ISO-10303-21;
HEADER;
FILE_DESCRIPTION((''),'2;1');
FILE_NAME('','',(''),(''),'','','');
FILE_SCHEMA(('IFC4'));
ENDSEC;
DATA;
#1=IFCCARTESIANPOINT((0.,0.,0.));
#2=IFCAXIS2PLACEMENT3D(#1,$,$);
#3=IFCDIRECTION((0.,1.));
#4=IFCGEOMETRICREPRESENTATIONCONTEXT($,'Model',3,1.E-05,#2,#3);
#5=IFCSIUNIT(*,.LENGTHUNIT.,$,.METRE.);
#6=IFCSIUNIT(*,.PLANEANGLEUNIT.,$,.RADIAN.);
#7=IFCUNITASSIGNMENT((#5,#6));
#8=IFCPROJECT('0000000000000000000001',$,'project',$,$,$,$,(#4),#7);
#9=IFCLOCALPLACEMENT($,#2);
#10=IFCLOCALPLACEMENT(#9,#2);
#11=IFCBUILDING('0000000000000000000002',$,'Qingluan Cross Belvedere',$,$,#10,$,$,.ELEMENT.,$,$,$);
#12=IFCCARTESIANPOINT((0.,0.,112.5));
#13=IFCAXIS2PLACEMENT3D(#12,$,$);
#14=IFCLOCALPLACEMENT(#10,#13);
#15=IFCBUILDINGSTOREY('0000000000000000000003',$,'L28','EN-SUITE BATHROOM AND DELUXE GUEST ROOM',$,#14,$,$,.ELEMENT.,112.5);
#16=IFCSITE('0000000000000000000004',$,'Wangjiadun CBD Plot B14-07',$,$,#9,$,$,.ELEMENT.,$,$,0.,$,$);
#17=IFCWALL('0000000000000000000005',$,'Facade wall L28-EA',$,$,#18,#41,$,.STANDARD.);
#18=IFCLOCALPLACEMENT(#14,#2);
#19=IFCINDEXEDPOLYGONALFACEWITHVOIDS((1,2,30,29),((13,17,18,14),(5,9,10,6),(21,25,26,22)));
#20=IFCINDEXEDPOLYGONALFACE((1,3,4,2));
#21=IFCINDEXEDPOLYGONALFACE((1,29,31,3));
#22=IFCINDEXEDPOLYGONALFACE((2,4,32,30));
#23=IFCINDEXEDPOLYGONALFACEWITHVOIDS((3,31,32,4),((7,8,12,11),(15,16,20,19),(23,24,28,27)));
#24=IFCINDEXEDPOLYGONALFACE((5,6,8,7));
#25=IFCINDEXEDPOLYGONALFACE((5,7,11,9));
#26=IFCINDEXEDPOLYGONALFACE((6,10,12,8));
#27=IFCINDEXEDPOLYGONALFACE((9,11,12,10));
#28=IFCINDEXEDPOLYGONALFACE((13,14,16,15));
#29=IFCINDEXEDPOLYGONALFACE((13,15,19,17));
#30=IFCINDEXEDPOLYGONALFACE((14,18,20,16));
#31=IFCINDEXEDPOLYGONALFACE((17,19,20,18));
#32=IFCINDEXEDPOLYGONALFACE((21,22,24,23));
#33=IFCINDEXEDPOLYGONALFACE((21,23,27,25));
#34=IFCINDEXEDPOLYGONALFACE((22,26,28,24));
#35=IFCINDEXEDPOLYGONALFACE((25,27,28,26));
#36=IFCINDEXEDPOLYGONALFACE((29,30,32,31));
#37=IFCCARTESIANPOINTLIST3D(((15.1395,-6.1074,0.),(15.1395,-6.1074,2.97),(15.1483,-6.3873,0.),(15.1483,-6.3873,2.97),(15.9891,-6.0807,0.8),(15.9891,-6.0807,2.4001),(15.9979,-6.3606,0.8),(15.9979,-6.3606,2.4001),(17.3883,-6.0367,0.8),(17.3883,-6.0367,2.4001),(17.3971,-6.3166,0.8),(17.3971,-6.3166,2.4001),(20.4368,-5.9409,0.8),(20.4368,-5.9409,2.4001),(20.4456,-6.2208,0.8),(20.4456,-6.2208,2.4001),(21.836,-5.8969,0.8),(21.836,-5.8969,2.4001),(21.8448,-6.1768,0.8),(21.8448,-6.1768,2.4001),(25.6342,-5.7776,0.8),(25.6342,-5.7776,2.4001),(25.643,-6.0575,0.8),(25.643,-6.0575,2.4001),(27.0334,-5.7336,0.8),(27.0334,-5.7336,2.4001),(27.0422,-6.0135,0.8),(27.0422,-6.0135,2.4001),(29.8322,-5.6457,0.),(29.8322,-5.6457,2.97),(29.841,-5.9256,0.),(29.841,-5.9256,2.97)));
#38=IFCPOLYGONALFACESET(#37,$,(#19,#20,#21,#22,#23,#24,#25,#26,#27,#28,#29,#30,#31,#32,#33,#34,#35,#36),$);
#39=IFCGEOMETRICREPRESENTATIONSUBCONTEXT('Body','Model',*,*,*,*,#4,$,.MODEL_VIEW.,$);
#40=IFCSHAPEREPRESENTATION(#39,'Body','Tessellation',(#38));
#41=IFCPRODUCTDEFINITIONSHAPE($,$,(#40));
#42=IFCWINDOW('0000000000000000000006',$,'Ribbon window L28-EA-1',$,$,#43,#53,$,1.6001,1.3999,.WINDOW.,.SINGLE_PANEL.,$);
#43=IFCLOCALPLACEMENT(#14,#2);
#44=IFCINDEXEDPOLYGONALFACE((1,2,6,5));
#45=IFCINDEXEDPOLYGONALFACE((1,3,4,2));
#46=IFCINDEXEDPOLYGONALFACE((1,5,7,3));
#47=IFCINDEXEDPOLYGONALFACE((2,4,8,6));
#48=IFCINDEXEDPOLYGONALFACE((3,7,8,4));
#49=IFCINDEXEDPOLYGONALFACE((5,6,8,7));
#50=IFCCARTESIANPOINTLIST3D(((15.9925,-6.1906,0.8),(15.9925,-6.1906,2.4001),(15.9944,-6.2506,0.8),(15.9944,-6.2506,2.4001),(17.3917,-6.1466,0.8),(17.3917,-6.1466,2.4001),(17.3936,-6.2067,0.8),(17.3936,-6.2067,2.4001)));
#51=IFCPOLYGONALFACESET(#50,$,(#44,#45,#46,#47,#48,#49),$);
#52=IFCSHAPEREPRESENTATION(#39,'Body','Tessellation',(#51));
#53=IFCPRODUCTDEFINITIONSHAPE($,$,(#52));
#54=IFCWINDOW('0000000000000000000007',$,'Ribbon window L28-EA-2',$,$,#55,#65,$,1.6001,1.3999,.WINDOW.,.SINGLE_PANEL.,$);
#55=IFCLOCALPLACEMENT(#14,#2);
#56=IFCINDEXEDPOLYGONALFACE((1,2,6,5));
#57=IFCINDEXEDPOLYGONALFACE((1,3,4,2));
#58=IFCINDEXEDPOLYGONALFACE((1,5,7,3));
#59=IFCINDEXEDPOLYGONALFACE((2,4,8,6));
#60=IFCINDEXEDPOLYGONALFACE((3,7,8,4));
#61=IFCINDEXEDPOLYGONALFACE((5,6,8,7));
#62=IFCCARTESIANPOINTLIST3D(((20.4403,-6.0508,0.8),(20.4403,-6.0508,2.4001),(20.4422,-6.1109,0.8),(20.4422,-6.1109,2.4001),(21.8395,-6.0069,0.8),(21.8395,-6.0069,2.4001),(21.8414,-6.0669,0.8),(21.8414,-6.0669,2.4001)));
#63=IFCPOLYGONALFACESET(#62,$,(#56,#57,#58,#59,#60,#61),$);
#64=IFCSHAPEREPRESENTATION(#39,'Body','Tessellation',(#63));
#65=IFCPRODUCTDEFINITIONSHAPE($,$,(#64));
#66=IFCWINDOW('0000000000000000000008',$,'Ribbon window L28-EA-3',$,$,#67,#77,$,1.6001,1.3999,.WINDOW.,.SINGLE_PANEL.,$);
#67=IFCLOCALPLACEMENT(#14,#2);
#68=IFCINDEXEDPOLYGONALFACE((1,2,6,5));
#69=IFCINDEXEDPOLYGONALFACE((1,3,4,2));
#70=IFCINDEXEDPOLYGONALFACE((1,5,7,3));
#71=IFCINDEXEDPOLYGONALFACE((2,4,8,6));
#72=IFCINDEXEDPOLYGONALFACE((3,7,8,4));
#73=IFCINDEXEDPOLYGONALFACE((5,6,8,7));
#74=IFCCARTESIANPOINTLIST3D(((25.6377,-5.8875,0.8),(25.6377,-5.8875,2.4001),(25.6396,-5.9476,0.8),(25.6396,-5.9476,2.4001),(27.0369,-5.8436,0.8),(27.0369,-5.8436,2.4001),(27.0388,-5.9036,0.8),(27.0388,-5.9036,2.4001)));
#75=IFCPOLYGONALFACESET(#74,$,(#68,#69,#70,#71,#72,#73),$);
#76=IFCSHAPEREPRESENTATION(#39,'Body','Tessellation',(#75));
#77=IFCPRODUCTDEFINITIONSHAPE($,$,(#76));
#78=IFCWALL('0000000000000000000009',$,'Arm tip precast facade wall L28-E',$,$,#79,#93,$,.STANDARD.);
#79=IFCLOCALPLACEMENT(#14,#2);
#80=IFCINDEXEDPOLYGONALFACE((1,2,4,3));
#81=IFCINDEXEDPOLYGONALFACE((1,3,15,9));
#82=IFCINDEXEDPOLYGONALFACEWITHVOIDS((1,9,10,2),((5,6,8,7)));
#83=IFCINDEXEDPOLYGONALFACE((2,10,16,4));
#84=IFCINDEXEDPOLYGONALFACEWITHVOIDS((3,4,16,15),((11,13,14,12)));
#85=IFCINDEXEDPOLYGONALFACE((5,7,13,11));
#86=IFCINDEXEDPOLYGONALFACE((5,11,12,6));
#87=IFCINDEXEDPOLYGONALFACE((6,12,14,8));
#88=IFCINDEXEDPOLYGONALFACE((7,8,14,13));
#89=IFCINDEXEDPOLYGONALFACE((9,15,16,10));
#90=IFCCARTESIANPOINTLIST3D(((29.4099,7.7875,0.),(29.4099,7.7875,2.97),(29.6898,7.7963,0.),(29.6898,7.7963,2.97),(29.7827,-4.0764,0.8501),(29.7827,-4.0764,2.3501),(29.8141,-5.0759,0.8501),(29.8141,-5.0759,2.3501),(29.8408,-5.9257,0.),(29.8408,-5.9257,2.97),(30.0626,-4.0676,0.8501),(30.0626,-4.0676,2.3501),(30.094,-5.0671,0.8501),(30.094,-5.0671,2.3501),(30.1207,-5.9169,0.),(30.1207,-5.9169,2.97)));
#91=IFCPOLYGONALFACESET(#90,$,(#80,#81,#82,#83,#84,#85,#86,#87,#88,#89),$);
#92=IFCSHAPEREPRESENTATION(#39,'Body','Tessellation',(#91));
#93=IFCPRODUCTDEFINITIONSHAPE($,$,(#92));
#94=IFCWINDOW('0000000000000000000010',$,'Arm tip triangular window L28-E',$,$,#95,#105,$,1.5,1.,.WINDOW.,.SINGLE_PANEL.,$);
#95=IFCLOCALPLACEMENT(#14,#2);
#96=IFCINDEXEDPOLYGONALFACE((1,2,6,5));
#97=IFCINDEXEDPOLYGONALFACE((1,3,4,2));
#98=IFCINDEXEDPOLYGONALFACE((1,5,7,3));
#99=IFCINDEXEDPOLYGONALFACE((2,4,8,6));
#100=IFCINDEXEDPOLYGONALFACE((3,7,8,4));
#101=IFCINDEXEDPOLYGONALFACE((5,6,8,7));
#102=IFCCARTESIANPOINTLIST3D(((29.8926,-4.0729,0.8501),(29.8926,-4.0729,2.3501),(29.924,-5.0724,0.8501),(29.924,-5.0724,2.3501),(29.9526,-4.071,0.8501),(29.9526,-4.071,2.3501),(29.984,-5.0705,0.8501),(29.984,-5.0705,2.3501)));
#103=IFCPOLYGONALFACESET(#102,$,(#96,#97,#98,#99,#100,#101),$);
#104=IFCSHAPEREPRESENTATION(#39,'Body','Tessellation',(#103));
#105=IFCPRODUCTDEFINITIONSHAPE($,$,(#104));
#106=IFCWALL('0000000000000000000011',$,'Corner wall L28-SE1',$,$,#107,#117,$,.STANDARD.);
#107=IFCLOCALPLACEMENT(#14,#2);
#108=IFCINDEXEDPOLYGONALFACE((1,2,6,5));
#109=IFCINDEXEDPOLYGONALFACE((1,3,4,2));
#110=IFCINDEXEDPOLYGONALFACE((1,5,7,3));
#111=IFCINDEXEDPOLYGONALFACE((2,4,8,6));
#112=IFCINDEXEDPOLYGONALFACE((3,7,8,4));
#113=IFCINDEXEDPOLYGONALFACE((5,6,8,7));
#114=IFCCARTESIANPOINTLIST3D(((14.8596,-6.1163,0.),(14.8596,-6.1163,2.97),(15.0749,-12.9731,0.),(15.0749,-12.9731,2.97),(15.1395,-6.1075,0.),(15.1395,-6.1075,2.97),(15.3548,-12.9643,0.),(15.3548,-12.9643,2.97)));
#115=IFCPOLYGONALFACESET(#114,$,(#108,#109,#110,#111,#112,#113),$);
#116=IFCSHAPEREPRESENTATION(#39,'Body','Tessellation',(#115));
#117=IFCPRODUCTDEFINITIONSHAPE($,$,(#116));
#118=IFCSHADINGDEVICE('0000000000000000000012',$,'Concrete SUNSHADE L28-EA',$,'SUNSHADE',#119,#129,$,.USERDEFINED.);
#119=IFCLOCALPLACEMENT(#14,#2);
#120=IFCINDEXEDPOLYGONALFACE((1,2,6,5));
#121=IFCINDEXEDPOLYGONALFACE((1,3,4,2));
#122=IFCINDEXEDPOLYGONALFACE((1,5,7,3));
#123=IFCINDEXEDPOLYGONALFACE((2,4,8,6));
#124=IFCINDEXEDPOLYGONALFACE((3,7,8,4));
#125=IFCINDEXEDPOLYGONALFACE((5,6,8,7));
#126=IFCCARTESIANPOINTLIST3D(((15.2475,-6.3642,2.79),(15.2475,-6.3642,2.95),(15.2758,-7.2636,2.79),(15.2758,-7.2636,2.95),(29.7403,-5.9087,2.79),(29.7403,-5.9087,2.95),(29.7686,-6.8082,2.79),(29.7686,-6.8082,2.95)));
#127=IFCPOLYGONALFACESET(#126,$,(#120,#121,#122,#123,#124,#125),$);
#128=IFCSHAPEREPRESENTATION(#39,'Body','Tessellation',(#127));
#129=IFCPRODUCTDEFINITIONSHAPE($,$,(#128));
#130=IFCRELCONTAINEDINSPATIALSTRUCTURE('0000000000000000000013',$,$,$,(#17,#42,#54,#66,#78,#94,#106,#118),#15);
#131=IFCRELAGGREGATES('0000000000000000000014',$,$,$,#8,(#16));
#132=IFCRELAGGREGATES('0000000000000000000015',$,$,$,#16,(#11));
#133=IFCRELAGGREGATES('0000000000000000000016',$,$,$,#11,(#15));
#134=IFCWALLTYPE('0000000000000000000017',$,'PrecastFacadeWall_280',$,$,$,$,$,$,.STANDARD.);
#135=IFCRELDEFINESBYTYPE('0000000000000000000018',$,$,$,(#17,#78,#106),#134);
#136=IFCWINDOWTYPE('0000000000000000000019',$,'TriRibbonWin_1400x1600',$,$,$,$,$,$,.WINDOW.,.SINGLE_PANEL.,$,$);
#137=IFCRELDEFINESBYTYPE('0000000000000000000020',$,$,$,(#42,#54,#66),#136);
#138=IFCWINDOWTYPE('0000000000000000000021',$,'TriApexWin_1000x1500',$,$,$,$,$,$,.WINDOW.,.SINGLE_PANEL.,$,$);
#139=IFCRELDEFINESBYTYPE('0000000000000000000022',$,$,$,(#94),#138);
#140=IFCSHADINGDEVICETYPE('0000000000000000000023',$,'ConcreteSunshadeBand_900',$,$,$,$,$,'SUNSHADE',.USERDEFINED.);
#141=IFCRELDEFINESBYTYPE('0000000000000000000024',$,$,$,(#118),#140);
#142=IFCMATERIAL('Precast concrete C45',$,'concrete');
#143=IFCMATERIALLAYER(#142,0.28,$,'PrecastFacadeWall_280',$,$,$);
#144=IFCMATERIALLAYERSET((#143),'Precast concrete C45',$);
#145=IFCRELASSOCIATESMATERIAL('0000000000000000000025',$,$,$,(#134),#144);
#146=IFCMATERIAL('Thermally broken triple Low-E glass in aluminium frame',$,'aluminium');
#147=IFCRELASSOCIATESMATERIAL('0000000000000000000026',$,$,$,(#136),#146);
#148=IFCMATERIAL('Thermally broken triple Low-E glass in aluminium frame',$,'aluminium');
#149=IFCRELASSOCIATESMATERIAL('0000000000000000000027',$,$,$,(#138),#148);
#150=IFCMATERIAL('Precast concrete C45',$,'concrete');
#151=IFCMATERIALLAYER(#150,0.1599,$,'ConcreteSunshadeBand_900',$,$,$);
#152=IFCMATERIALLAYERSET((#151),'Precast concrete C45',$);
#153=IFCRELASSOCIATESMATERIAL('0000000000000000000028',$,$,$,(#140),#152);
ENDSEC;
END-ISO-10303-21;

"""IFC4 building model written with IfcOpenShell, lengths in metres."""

from ifc_helpers import new_model, si_unit, direction, frame, frame_2d, origin, origin_2d, place, context, subcontext, project, spatial, rectangle, extrude, material, layer, layer_set, type_object, element, fill, save


model = new_model("IFC4")

# Units and contexts
model_context = context("Model", 3, precision=1e-05, world=origin(), true_north=direction((0.0, 1.0)))
body_context = subcontext(model_context, "Body", "Model", "MODEL_VIEW")
ifc_project = project(units=[si_unit("LENGTHUNIT", "METRE"), si_unit("PLANEANGLEUNIT", "RADIAN")], contexts=[model_context])

# Site, building, storey
site_placement = place(None, origin())
site = spatial("IfcSite", under=ifc_project, at=site_placement, Name="Wangjiadun CBD Plot B14-07", CompositionType="ELEMENT", RefElevation=0.0)
building_placement = place(site_placement, origin())
building = spatial("IfcBuilding", under=site, at=building_placement, Name="Qingluan Cross Belvedere", CompositionType="ELEMENT")
storey_placement = place(building_placement, frame((0.0, 0.0, 112.5)))
storey = spatial("IfcBuildingStorey", under=building, at=storey_placement, Name="L28", Description="EN-SUITE BATHROOM AND DELUXE GUEST ROOM", CompositionType="ELEMENT", Elevation=112.5)

# Wall, openings, windows
ifc_material_1 = material(Name="Precast concrete C45", Category="concrete")
ifc_layer_1 = layer(ifc_material_1, 0.28, Name="PrecastFacadeWall_280")
ifc_layer_set_1 = layer_set([ifc_layer_1], Name="Precast concrete C45")
wall_type_1 = type_object("IfcWallType", Name="PrecastFacadeWall_280", PredefinedType="STANDARD", material=ifc_layer_set_1)
wall_1_placement = place(storey_placement, frame((15.1438, -6.2473, 0.0), z_axis=(0.0, 0.0, 1.0), x_axis=(0.999507, 0.031406, 0.0)))
wall_1 = element("IfcWall", 1, at=wall_1_placement, inside=storey, type_object=wall_type_1, Name="Facade wall L28-EA", PredefinedType="STANDARD", context=body_context, shape_type="SweptSolid", body=[
    extrude(rectangle(XDim=14.7, YDim=0.28, at=frame_2d((7.3501, 0.0))), origin(), (0.0, 0.0, 1.0), 2.97),
])
opening_1_placement = place(wall_1_placement, frame((0.8501, 0.0, 0.8)))
opening_1 = element("IfcOpeningElement", 2, at=opening_1_placement, cuts=wall_1, PredefinedType="OPENING", context=body_context, shape_type="SweptSolid", body=[
    extrude(rectangle(XDim=1.3999, YDim=1.6001, at=frame_2d((0.7, 0.8))), frame((0.0, 0.1499, 0.0), z_axis=(0.0, -1.0, 0.0), x_axis=(1.0, 0.0, 0.0)), (0.0, 0.0, 1.0), 0.3),
])
opening_2_placement = place(wall_1_placement, frame((5.3, 0.0, 0.8)))
opening_2 = element("IfcOpeningElement", 3, at=opening_2_placement, cuts=wall_1, PredefinedType="OPENING", context=body_context, shape_type="SweptSolid", body=[
    extrude(rectangle(XDim=1.3999, YDim=1.6001, at=frame_2d((0.7, 0.8))), frame((0.0, 0.1499, 0.0), z_axis=(0.0, -1.0, 0.0), x_axis=(1.0, 0.0, 0.0)), (0.0, 0.0, 1.0), 0.3),
])
opening_3_placement = place(wall_1_placement, frame((10.5, 0.0, 0.8)))
opening_3 = element("IfcOpeningElement", 4, at=opening_3_placement, cuts=wall_1, PredefinedType="OPENING", context=body_context, shape_type="SweptSolid", body=[
    extrude(rectangle(XDim=1.3999, YDim=1.6001, at=frame_2d((0.7, 0.8))), frame((0.0, 0.1499, 0.0), z_axis=(0.0, -1.0, 0.0), x_axis=(1.0, 0.0, 0.0)), (0.0, 0.0, 1.0), 0.3),
])
ifc_material_2 = material(Name="Thermally broken triple Low-E glass in aluminium frame", Category="aluminium")
window_type_1 = type_object("IfcWindowType", Name="TriRibbonWin_1400x1600", PartitioningType="SINGLE_PANEL", PredefinedType="WINDOW", material=ifc_material_2)
window_1_placement = place(opening_1_placement, origin())
window_1 = element("IfcWindow", 5, at=window_1_placement, inside=storey, type_object=window_type_1, Name="Ribbon window L28-EA-1", OverallHeight=1.6001, OverallWidth=1.3999, PartitioningType="SINGLE_PANEL", PredefinedType="WINDOW", context=body_context, shape_type="SweptSolid", body=[
    extrude(rectangle(XDim=1.3999, YDim=1.6001, at=frame_2d((0.7, 0.8))), frame((0.0, 0.03, 0.0), z_axis=(0.0, -1.0, 0.0), x_axis=(1.0, 0.0, 0.0)), (0.0, 0.0, 1.0), 0.0601),
])
fill(opening_1, window_1)
window_2_placement = place(opening_2_placement, origin())
window_2 = element("IfcWindow", 6, at=window_2_placement, inside=storey, type_object=window_type_1, Name="Ribbon window L28-EA-2", OverallHeight=1.6001, OverallWidth=1.3999, PartitioningType="SINGLE_PANEL", PredefinedType="WINDOW", context=body_context, shape_type="SweptSolid", body=[
    extrude(rectangle(XDim=1.3999, YDim=1.6001, at=frame_2d((0.7, 0.8))), frame((0.0, 0.03, 0.0), z_axis=(0.0, -1.0, 0.0), x_axis=(1.0, 0.0, 0.0)), (0.0, 0.0, 1.0), 0.0601),
])
fill(opening_2, window_2)
window_3_placement = place(opening_3_placement, origin())
window_3 = element("IfcWindow", 7, at=window_3_placement, inside=storey, type_object=window_type_1, Name="Ribbon window L28-EA-3", OverallHeight=1.6001, OverallWidth=1.3999, PartitioningType="SINGLE_PANEL", PredefinedType="WINDOW", context=body_context, shape_type="SweptSolid", body=[
    extrude(rectangle(XDim=1.3999, YDim=1.6001, at=frame_2d((0.7, 0.8))), frame((0.0, 0.03, 0.0), z_axis=(0.0, -1.0, 0.0), x_axis=(1.0, 0.0, 0.0)), (0.0, 0.0, 1.0), 0.0601),
])
fill(opening_3, window_3)

# Wall, opening, window
wall_2_placement = place(storey_placement, frame((29.9807, -5.9211, 0.0), z_axis=(0.0, 0.0, 1.0), x_axis=(-0.031408, 0.999507, 0.0)))
wall_2 = element("IfcWall", 8, at=wall_2_placement, inside=storey, type_object=wall_type_1, Name="Arm tip precast facade wall L28-E", PredefinedType="STANDARD", context=body_context, shape_type="SweptSolid", body=[
    extrude(rectangle(XDim=13.72, YDim=0.28, at=frame_2d((6.8599, 0.0))), origin(), (0.0, 0.0, 1.0), 2.97),
])
opening_4_placement = place(wall_2_placement, frame((0.8501, 0.0, 0.8501)))
opening_4 = element("IfcOpeningElement", 9, at=opening_4_placement, cuts=wall_2, PredefinedType="OPENING", context=body_context, shape_type="SweptSolid", body=[
    extrude(rectangle(XDim=1.0, YDim=1.5, at=frame_2d((0.5, 0.75))), frame((0.0, 0.1499, 0.0), z_axis=(0.0, -1.0, 0.0), x_axis=(1.0, 0.0, 0.0)), (0.0, 0.0, 1.0), 0.3),
])
ifc_material_3 = material(Name="Thermally broken triple Low-E glass in aluminium frame", Category="aluminium")
window_type_2 = type_object("IfcWindowType", Name="TriApexWin_1000x1500", PartitioningType="SINGLE_PANEL", PredefinedType="WINDOW", material=ifc_material_3)
window_4_placement = place(opening_4_placement, origin())
window_4 = element("IfcWindow", 10, at=window_4_placement, inside=storey, type_object=window_type_2, Name="Arm tip triangular window L28-E", OverallHeight=1.5, OverallWidth=1.0, PartitioningType="SINGLE_PANEL", PredefinedType="WINDOW", context=body_context, shape_type="SweptSolid", body=[
    extrude(rectangle(XDim=1.0, YDim=1.5, at=frame_2d((0.5, 0.75))), frame((0.0, 0.03, 0.0), z_axis=(0.0, -1.0, 0.0), x_axis=(1.0, 0.0, 0.0)), (0.0, 0.0, 1.0), 0.0601),
])
fill(opening_4, window_4)

# Wall
wall_3_placement = place(storey_placement, frame((14.9995, -6.1118, 0.0), z_axis=(0.0, 0.0, 1.0), x_axis=(0.031389, -0.999507, 0.0)))
element("IfcWall", 11, at=wall_3_placement, inside=storey, type_object=wall_type_1, Name="Corner wall L28-SE1", PredefinedType="STANDARD", context=body_context, shape_type="SweptSolid", body=[
    extrude(rectangle(XDim=6.8601, YDim=0.28, at=frame_2d((3.4302, 0.0))), origin(), (0.0, 0.0, 1.0), 2.97),
])

# Shading device
ifc_material_4 = material(Name="Precast concrete C45", Category="concrete")
ifc_layer_2 = layer(ifc_material_4, 0.1599, Name="ConcreteSunshadeBand_900")
ifc_layer_set_2 = layer_set([ifc_layer_2], Name="Precast concrete C45")
shading_device_type = type_object("IfcShadingDeviceType", Name="ConcreteSunshadeBand_900", ElementType="SUNSHADE", PredefinedType="USERDEFINED", material=ifc_layer_set_2)
shading_device_placement = place(storey_placement, frame((22.5081, -6.5862, 2.79), z_axis=(0.0, 0.0, 1.0), x_axis=(0.999507, 0.031408, 0.0)))
element("IfcShadingDevice", 12, at=shading_device_placement, inside=storey, type_object=shading_device_type, Name="Concrete SUNSHADE L28-EA", ObjectType="SUNSHADE", PredefinedType="USERDEFINED", context=body_context, shape_type="SweptSolid", body=[
    extrude(rectangle(XDim=14.5, YDim=0.8999, at=origin_2d()), origin(), (0.0, 0.0, 1.0), 0.1599),
])

save(model, "model.ifc")
